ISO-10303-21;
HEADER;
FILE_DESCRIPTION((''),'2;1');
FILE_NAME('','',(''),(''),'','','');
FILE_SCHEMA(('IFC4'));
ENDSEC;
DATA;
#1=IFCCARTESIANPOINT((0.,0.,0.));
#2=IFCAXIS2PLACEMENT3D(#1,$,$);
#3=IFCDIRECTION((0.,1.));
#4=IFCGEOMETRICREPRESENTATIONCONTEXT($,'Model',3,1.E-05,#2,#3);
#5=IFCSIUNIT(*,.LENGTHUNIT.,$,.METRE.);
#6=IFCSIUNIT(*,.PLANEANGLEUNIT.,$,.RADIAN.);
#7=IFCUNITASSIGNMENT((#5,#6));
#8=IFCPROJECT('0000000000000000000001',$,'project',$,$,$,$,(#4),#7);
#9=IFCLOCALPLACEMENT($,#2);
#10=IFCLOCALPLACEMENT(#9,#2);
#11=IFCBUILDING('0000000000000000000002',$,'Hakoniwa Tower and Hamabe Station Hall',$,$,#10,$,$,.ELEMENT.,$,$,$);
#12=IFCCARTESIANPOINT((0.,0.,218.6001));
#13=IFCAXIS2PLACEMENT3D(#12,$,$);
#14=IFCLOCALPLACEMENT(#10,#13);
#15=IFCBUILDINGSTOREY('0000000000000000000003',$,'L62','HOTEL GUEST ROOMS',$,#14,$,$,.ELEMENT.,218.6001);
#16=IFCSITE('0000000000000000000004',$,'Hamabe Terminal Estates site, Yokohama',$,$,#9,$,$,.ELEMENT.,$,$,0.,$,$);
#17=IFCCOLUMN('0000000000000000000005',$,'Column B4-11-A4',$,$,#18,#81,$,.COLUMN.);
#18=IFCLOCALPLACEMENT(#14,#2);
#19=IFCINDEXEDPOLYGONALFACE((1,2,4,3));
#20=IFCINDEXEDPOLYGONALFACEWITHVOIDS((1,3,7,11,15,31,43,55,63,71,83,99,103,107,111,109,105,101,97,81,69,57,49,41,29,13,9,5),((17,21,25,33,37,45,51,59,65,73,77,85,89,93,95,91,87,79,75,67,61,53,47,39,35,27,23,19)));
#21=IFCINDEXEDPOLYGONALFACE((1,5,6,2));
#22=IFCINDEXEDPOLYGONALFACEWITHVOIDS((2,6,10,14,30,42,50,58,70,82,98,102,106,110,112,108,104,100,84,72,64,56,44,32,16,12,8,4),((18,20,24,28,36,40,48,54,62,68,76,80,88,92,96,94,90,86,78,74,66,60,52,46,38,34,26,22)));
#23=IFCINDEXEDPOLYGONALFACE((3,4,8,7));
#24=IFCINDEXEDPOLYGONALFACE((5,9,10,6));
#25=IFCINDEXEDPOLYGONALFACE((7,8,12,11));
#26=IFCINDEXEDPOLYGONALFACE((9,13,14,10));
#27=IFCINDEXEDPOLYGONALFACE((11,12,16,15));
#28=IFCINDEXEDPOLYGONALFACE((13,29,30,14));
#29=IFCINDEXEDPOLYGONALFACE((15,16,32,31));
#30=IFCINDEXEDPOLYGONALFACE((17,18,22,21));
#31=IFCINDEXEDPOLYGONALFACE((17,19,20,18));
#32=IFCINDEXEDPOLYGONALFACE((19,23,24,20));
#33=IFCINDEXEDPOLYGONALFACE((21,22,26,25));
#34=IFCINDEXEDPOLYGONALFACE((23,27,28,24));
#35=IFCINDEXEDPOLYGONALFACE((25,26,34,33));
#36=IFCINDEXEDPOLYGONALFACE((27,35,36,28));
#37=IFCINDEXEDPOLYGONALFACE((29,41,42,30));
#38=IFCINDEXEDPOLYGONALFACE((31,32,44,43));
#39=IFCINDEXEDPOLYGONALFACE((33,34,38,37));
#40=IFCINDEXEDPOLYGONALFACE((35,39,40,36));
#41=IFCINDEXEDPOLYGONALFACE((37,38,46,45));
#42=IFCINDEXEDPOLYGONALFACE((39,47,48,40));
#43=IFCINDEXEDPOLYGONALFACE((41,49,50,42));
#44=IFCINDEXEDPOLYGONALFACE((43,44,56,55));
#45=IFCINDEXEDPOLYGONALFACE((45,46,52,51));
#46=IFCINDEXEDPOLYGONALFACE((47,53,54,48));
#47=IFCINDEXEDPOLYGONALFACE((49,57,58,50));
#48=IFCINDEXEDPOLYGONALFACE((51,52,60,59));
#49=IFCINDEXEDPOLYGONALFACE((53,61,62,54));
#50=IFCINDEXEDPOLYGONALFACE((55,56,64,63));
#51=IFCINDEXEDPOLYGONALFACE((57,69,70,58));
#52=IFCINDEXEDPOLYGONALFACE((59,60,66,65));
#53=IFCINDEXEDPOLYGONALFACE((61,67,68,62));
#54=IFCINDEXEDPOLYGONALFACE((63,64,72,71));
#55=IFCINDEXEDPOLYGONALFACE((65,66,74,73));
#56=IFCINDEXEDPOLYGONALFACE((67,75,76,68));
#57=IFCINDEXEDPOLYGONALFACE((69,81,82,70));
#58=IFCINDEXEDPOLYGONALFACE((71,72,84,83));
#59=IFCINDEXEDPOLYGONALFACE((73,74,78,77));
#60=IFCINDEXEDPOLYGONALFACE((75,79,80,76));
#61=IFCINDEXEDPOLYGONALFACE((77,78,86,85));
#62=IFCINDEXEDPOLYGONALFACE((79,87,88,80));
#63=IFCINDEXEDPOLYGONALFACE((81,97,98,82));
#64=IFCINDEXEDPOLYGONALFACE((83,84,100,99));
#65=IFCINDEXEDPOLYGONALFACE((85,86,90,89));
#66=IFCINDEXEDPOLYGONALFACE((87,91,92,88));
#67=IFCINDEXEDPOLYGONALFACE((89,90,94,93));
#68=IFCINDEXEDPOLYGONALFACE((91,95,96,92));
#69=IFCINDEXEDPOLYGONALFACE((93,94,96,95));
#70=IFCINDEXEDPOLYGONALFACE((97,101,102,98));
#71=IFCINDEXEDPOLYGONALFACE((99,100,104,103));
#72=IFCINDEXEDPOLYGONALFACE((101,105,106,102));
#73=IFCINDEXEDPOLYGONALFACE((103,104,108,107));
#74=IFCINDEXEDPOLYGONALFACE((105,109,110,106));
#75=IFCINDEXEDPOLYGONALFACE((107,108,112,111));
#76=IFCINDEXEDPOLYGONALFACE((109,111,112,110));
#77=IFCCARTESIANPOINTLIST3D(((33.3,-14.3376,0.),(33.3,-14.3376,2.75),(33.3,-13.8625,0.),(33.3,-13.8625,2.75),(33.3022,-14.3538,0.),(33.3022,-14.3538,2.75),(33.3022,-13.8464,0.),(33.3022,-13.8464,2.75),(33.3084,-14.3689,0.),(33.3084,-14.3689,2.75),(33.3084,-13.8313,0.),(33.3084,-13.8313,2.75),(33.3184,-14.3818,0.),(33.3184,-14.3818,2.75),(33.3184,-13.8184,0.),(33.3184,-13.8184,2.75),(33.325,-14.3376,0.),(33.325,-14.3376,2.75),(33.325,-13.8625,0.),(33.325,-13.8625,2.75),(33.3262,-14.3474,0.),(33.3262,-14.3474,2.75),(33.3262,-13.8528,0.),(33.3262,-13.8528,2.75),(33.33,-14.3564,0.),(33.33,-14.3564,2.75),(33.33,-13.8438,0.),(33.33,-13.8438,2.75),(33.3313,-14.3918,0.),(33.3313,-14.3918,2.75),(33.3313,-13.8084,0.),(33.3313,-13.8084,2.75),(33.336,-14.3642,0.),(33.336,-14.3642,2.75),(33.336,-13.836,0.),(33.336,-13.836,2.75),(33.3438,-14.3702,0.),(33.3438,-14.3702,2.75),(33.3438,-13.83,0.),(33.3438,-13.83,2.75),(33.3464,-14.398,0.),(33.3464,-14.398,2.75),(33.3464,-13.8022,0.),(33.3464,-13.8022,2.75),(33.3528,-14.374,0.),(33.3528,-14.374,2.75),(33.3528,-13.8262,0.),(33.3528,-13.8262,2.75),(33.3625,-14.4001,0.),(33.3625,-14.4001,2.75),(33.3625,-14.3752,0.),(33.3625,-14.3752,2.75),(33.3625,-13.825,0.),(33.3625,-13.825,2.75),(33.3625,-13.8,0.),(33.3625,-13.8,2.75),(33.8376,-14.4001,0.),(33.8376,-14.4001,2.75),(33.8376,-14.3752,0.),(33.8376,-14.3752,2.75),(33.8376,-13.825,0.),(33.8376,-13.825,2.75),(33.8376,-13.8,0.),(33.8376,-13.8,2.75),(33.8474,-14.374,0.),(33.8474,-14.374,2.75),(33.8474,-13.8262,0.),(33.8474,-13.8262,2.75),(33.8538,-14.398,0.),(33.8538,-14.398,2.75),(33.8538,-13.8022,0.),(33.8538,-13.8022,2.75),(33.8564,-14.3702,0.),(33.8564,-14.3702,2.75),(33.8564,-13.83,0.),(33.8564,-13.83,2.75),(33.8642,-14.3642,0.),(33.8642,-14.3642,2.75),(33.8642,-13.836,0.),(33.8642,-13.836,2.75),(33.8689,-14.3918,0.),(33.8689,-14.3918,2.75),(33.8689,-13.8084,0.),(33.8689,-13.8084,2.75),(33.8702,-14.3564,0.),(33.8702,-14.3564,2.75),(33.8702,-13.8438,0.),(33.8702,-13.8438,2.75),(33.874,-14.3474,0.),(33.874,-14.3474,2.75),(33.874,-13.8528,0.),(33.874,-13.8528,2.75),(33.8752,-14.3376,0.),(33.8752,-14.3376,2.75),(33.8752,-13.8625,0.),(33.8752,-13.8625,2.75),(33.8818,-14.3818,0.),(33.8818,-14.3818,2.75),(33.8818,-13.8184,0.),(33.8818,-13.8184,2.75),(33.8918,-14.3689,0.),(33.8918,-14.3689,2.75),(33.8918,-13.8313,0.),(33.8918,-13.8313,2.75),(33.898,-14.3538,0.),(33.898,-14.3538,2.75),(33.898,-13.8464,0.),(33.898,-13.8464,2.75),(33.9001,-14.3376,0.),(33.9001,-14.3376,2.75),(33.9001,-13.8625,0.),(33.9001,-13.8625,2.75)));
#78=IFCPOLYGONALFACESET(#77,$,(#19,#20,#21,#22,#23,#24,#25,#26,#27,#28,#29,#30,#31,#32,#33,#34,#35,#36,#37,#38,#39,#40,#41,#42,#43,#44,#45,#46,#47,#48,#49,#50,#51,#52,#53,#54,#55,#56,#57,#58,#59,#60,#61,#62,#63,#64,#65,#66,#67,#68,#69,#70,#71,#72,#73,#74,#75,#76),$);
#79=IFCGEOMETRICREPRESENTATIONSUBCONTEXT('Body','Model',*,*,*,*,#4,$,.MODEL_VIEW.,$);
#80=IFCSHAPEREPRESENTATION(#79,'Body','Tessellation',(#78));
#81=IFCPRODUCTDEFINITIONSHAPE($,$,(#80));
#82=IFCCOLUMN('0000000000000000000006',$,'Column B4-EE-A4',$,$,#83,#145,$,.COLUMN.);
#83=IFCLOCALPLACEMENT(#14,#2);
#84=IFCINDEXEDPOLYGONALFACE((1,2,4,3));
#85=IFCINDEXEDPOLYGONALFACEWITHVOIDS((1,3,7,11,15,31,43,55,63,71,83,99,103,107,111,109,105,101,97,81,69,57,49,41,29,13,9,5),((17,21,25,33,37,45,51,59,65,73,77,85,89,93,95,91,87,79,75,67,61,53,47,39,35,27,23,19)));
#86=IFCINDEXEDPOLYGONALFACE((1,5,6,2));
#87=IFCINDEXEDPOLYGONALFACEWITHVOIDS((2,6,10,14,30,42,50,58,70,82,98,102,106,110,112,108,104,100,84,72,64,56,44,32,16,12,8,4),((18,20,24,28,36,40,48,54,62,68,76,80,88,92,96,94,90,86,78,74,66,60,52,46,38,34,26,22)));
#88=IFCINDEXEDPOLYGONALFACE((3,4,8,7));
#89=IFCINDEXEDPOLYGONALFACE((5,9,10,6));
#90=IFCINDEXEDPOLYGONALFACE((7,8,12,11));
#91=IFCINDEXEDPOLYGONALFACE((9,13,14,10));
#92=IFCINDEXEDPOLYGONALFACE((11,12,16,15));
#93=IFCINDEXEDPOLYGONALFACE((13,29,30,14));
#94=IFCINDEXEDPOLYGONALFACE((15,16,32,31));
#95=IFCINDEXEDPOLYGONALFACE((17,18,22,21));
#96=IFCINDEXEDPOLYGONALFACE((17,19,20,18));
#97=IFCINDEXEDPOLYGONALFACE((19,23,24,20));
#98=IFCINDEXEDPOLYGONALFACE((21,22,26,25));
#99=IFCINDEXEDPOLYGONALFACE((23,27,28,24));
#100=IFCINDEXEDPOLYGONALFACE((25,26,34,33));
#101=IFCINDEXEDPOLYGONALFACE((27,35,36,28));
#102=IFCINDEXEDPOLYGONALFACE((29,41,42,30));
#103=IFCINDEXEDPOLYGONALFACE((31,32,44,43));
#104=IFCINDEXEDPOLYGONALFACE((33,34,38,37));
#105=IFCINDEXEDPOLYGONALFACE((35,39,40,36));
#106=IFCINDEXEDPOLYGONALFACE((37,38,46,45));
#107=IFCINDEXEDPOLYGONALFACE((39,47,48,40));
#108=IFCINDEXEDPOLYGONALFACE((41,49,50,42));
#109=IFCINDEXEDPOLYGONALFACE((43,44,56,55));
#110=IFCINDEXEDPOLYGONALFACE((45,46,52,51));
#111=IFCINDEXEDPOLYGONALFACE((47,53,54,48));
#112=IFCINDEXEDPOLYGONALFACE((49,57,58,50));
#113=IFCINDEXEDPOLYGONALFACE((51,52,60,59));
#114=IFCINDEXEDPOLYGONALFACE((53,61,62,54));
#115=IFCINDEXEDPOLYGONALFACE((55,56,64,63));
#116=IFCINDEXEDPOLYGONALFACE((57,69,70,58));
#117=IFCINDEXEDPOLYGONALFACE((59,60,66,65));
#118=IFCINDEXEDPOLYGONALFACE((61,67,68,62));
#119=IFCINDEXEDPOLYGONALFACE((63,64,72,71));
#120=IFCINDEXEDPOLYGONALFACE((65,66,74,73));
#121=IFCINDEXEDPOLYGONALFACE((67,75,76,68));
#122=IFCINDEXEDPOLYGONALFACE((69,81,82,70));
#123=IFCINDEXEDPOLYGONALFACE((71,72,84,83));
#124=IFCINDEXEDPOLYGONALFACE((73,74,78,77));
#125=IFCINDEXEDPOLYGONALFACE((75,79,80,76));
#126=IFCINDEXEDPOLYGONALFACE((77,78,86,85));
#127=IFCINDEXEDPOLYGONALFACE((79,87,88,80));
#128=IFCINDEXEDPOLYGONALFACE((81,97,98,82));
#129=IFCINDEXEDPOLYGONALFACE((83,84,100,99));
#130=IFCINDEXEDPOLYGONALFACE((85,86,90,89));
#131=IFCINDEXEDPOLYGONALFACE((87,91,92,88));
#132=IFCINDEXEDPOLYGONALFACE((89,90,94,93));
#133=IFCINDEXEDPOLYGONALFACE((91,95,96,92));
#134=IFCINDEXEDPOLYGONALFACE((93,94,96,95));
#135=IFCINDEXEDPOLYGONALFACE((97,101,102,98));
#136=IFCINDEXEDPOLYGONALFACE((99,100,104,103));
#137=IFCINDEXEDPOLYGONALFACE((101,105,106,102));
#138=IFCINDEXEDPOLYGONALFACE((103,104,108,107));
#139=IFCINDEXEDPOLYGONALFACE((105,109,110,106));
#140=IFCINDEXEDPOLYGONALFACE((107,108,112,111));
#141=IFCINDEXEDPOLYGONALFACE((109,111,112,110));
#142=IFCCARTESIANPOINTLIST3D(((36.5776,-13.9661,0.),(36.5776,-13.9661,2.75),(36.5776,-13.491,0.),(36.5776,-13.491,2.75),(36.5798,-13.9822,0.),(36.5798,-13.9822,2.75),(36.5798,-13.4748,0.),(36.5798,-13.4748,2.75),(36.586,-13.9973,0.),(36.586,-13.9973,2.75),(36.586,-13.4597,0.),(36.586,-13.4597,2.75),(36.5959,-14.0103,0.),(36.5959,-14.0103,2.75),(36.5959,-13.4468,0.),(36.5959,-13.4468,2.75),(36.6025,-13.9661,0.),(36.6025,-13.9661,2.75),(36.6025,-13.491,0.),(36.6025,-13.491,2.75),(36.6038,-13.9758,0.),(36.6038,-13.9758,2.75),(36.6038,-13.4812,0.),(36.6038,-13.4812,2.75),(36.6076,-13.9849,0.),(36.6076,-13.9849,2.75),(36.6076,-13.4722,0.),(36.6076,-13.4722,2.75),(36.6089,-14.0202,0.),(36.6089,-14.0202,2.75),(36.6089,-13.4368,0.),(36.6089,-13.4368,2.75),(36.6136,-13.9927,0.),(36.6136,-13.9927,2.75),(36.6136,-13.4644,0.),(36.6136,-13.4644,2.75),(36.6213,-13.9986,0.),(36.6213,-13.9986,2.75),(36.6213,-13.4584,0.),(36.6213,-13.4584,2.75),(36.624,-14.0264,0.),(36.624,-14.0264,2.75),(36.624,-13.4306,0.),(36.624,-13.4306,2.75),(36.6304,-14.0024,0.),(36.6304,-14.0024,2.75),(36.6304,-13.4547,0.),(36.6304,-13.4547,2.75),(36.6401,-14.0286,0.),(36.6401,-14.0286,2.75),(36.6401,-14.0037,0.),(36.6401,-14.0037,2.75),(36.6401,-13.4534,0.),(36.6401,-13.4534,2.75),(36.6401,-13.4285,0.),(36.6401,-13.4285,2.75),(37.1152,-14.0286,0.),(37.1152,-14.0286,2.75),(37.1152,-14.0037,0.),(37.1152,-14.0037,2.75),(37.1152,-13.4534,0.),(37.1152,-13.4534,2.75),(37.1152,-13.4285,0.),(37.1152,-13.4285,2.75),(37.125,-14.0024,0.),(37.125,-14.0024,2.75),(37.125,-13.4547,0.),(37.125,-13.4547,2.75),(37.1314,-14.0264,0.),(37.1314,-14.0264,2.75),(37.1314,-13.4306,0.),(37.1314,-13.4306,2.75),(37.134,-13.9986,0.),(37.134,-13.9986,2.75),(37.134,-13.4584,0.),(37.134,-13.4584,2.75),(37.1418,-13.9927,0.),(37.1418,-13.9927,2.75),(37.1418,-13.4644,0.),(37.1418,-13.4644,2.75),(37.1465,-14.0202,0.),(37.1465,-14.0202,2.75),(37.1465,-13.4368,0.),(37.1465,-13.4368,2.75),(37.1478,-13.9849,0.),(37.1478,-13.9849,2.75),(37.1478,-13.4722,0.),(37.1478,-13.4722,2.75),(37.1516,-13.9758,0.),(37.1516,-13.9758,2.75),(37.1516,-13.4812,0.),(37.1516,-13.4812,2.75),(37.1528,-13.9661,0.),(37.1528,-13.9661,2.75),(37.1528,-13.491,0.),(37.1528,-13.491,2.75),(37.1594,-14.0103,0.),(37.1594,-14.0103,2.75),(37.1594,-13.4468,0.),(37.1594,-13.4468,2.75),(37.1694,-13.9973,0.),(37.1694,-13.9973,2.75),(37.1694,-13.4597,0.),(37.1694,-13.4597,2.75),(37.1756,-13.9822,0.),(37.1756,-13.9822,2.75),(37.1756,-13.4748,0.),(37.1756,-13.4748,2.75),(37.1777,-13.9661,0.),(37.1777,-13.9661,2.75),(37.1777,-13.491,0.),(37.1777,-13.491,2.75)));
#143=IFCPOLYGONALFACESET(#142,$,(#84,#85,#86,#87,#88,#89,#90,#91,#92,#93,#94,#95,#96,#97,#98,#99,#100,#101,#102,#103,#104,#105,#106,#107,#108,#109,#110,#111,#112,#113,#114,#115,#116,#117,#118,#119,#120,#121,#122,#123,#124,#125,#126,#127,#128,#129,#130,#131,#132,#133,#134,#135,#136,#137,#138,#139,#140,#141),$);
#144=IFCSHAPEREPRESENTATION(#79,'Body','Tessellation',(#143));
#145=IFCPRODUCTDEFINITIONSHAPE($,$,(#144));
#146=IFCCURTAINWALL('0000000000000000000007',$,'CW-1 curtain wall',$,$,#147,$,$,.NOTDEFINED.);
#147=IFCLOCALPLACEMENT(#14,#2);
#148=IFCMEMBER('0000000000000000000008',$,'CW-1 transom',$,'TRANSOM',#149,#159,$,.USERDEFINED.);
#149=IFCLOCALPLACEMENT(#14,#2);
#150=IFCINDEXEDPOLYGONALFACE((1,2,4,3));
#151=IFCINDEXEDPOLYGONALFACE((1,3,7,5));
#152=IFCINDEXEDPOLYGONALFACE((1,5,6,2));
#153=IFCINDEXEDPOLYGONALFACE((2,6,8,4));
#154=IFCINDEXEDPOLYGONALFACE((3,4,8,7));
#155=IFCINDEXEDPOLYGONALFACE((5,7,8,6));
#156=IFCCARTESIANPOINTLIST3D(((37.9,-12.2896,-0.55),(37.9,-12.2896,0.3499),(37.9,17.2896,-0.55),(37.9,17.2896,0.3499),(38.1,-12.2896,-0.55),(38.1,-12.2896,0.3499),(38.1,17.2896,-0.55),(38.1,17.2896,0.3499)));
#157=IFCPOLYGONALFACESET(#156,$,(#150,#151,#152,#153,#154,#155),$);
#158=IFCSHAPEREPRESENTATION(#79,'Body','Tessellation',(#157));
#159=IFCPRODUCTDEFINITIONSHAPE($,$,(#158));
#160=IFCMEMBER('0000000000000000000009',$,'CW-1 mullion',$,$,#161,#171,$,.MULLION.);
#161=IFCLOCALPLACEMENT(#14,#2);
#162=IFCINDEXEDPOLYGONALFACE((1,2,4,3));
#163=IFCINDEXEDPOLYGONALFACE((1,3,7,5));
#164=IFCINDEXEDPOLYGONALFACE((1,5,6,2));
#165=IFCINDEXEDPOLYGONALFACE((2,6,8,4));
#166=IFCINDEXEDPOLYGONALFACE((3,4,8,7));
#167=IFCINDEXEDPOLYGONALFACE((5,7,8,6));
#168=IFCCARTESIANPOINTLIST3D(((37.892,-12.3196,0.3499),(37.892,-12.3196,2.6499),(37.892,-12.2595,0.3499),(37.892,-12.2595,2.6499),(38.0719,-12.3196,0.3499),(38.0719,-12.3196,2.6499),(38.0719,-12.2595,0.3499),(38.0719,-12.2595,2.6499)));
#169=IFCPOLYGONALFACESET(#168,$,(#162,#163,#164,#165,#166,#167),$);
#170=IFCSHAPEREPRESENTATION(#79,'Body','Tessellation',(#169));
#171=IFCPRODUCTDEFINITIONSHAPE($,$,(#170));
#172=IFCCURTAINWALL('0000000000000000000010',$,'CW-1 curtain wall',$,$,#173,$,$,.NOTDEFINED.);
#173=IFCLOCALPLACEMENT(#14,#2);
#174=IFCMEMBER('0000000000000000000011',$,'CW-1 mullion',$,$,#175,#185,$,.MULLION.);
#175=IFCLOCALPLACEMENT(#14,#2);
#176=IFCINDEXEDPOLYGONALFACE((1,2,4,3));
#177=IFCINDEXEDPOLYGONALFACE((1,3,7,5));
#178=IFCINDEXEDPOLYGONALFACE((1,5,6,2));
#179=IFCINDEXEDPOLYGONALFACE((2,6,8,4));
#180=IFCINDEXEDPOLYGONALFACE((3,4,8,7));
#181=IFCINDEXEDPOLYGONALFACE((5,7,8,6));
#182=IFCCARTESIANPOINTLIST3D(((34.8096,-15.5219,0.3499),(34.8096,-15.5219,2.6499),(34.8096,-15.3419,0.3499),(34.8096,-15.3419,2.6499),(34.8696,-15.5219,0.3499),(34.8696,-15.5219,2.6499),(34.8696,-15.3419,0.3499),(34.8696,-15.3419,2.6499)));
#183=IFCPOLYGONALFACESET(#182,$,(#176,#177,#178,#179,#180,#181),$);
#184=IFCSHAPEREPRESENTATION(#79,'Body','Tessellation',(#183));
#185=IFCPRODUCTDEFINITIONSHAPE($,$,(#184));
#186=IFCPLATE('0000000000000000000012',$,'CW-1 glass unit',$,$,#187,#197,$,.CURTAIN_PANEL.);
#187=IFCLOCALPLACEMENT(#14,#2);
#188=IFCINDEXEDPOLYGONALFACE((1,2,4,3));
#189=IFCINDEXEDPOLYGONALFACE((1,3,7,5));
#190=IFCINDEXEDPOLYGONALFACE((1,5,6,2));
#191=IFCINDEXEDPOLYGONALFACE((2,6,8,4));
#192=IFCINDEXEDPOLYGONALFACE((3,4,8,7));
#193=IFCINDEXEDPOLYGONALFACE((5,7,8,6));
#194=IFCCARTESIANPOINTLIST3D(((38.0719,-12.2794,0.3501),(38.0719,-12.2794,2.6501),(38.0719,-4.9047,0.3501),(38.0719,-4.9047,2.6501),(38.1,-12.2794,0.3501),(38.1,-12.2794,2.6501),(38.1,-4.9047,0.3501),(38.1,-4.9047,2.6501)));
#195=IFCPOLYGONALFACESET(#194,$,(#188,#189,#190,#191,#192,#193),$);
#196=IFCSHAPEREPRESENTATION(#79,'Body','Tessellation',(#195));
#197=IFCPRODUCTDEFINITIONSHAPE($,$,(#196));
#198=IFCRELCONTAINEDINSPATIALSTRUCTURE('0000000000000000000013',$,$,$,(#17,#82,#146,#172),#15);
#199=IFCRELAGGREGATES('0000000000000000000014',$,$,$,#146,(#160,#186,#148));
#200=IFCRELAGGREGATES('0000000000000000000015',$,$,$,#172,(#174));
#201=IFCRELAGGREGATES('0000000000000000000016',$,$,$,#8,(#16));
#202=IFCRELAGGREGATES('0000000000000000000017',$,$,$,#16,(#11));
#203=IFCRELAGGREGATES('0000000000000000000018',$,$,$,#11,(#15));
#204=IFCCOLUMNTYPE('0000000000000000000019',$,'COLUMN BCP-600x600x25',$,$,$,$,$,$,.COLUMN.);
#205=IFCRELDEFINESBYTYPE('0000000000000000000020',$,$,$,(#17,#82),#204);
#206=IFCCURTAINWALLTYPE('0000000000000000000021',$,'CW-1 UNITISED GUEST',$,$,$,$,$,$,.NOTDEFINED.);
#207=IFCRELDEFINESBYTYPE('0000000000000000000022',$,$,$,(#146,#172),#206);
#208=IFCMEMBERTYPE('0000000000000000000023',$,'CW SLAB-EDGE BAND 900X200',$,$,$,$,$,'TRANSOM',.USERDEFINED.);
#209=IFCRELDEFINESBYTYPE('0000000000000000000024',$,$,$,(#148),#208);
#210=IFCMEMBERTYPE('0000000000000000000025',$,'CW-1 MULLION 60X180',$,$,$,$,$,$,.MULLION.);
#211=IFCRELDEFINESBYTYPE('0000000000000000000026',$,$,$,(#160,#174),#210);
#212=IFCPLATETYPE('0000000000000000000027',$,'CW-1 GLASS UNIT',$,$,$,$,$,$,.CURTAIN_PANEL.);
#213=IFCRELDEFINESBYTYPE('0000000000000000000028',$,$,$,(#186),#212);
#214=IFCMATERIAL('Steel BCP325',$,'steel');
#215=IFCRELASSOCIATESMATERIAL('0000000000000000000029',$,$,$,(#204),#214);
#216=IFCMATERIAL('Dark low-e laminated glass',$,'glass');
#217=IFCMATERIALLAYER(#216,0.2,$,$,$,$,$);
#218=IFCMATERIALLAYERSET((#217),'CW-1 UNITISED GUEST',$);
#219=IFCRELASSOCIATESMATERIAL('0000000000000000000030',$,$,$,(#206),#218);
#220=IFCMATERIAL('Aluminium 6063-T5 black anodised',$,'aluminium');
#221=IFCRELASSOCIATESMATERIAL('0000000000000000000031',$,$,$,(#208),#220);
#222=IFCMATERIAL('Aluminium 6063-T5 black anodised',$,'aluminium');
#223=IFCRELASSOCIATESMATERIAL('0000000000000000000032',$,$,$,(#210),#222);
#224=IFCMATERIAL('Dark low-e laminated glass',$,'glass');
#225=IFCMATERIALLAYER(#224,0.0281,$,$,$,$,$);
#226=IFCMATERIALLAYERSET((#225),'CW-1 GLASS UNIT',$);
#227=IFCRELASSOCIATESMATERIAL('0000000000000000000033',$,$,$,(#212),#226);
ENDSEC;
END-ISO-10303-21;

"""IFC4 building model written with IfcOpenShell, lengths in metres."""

from ifc_helpers import new_model, si_unit, direction, frame, origin, origin_2d, place, context, subcontext, project, spatial, rectangle, hollow_rectangle, extrude, material, layer, layer_set, material_profile, profile_set, type_object, element, aggregate, save


model = new_model("IFC4")

# Units and contexts
model_context = context("Model", 3, precision=1e-05, world=origin(), true_north=direction((0.0, 1.0)))
body_context = subcontext(model_context, "Body", "Model", "MODEL_VIEW")
ifc_project = project(units=[si_unit("LENGTHUNIT", "METRE"), si_unit("PLANEANGLEUNIT", "RADIAN")], contexts=[model_context])

# Site, building, storey
site_placement = place(None, origin())
site = spatial("IfcSite", under=ifc_project, at=site_placement, Name="Hamabe Terminal Estates site, Yokohama", CompositionType="ELEMENT", RefElevation=0.0)
building_placement = place(site_placement, origin())
building = spatial("IfcBuilding", under=site, at=building_placement, Name="Hakoniwa Tower and Hamabe Station Hall", CompositionType="ELEMENT")
storey_placement = place(building_placement, frame((0.0, 0.0, 218.6001)))
storey = spatial("IfcBuildingStorey", under=building, at=storey_placement, Name="L62", Description="HOTEL GUEST ROOMS", CompositionType="ELEMENT", Elevation=218.6001)

# Columns
ifc_material_1 = material(Name="Steel BCP325", Category="steel")
ifc_material_profile_1 = material_profile(ifc_material_1, hollow_rectangle(XDim=0.6001, YDim=0.6001, WallThickness=0.0249, InnerFilletRadius=0.0376, OuterFilletRadius=0.0625, at=origin_2d()), Name="BCP-600x600x25")
ifc_profile_set_1 = profile_set([ifc_material_profile_1], Name="Steel BCP325")
column_type = type_object("IfcColumnType", Name="COLUMN BCP-600x600x25", PredefinedType="COLUMN", material=ifc_profile_set_1)
for number, where, z_axis, x_axis, name in (
    (1, (33.6001, -14.1001, 0.0), (0.0, 0.0, 1.0), (1.0, 0.0, 0.0), "Column B4-11-A4"),
    (2, (36.8777, -13.7285, 0.0), (0.0, 0.0, 1.0), (1.0, 0.0, 0.0), "Column B4-EE-A4"),
):
    element("IfcColumn", number, at=place(storey_placement, frame(where, z_axis=z_axis, x_axis=x_axis)), inside=storey, type_object=column_type, Name=name, PredefinedType="COLUMN", context=body_context, shape_type="SweptSolid", body=[
        extrude(hollow_rectangle(XDim=0.6001, YDim=0.6001, WallThickness=0.0249, InnerFilletRadius=0.0376, OuterFilletRadius=0.0625, at=origin_2d()), origin(), (0.0, 0.0, 1.0), 2.75),
    ])

# Curtain wall, members
ifc_material_2 = material(Name="Dark low-e laminated glass", Category="glass")
ifc_layer_1 = layer(ifc_material_2, 0.2)
ifc_layer_set_1 = layer_set([ifc_layer_1], Name="CW-1 UNITISED GUEST")
curtain_wall_type = type_object("IfcCurtainWallType", Name="CW-1 UNITISED GUEST", PredefinedType="NOTDEFINED", material=ifc_layer_set_1)
curtain_wall_1_placement = place(storey_placement, origin())
curtain_wall_1 = element("IfcCurtainWall", 3, at=curtain_wall_1_placement, inside=storey, type_object=curtain_wall_type, Name="CW-1 curtain wall", PredefinedType="NOTDEFINED")
ifc_material_3 = material(Name="Aluminium 6063-T5 black anodised", Category="aluminium")
ifc_material_profile_2 = material_profile(ifc_material_3, rectangle(XDim=0.2, YDim=0.8999, at=origin_2d()), Name="CW SLAB-EDGE BAND 900X200")
ifc_profile_set_2 = profile_set([ifc_material_profile_2], Name="Aluminium 6063-T5 black anodised")
member_type_1 = type_object("IfcMemberType", Name="CW SLAB-EDGE BAND 900X200", ElementType="TRANSOM", PredefinedType="USERDEFINED", material=ifc_profile_set_2)
member_1_placement = place(storey_placement, frame((38.0, -12.2896, -0.1001), z_axis=(0.0, 1.0, 0.0), x_axis=(-1.0, 0.0, 0.0)))
member_1 = element("IfcMember", 4, at=member_1_placement, type_object=member_type_1, Name="CW-1 transom", ObjectType="TRANSOM", PredefinedType="USERDEFINED", context=body_context, shape_type="SweptSolid", body=[
    extrude(rectangle(XDim=0.2, YDim=0.8999, at=origin_2d()), origin(), (0.0, 0.0, 1.0), 29.5791),
])
ifc_material_4 = material(Name="Aluminium 6063-T5 black anodised", Category="aluminium")
ifc_material_profile_3 = material_profile(ifc_material_4, rectangle(XDim=0.0601, YDim=0.1799, at=origin_2d()), Name="CW-1 MULLION 60X180")
ifc_profile_set_3 = profile_set([ifc_material_profile_3], Name="Aluminium 6063-T5 black anodised")
member_type_2 = type_object("IfcMemberType", Name="CW-1 MULLION 60X180", PredefinedType="MULLION", material=ifc_profile_set_3)
member_2_placement = place(storey_placement, frame((37.9819, -12.2896, 0.3499), z_axis=(0.0, 0.0, 1.0), x_axis=(0.0, 1.0, 0.0)))
member_2 = element("IfcMember", 5, at=member_2_placement, type_object=member_type_2, Name="CW-1 mullion", PredefinedType="MULLION", context=body_context, shape_type="SweptSolid", body=[
    extrude(rectangle(XDim=0.0601, YDim=0.1799, at=origin_2d()), origin(), (0.0, 0.0, 1.0), 2.3),
])

# Curtain wall, member
curtain_wall_2_placement = place(storey_placement, origin())
curtain_wall_2 = element("IfcCurtainWall", 6, at=curtain_wall_2_placement, inside=storey, type_object=curtain_wall_type, Name="CW-1 curtain wall", PredefinedType="NOTDEFINED")
member_3_placement = place(storey_placement, frame((34.8396, -15.4319, 0.3499), z_axis=(0.0, 0.0, 1.0), x_axis=(1.0, 0.0, 0.0)))
member_3 = element("IfcMember", 7, at=member_3_placement, type_object=member_type_2, Name="CW-1 mullion", PredefinedType="MULLION", context=body_context, shape_type="SweptSolid", body=[
    extrude(rectangle(XDim=0.0601, YDim=0.1799, at=origin_2d()), origin(), (0.0, 0.0, 1.0), 2.3),
])

# Plate
ifc_material_5 = material(Name="Dark low-e laminated glass", Category="glass")
ifc_layer_2 = layer(ifc_material_5, 0.0281)
ifc_layer_set_2 = layer_set([ifc_layer_2], Name="CW-1 GLASS UNIT")
plate_type = type_object("IfcPlateType", Name="CW-1 GLASS UNIT", PredefinedType="CURTAIN_PANEL", material=ifc_layer_set_2)
plate_1_placement = place(storey_placement, frame((38.0859, -8.592, 0.3501), z_axis=(0.0, 0.0, 1.0), x_axis=(0.0, 1.0, 0.0)))
plate_1 = element("IfcPlate", 8, at=plate_1_placement, type_object=plate_type, Name="CW-1 glass unit", PredefinedType="CURTAIN_PANEL", context=body_context, shape_type="SweptSolid", body=[
    extrude(rectangle(XDim=7.3748, YDim=0.0281, at=origin_2d()), origin(), (0.0, 0.0, 1.0), 2.3),
])
aggregate(curtain_wall_1, [member_2, plate_1, member_1])
aggregate(curtain_wall_2, [member_3])

save(model, "model.ifc")
